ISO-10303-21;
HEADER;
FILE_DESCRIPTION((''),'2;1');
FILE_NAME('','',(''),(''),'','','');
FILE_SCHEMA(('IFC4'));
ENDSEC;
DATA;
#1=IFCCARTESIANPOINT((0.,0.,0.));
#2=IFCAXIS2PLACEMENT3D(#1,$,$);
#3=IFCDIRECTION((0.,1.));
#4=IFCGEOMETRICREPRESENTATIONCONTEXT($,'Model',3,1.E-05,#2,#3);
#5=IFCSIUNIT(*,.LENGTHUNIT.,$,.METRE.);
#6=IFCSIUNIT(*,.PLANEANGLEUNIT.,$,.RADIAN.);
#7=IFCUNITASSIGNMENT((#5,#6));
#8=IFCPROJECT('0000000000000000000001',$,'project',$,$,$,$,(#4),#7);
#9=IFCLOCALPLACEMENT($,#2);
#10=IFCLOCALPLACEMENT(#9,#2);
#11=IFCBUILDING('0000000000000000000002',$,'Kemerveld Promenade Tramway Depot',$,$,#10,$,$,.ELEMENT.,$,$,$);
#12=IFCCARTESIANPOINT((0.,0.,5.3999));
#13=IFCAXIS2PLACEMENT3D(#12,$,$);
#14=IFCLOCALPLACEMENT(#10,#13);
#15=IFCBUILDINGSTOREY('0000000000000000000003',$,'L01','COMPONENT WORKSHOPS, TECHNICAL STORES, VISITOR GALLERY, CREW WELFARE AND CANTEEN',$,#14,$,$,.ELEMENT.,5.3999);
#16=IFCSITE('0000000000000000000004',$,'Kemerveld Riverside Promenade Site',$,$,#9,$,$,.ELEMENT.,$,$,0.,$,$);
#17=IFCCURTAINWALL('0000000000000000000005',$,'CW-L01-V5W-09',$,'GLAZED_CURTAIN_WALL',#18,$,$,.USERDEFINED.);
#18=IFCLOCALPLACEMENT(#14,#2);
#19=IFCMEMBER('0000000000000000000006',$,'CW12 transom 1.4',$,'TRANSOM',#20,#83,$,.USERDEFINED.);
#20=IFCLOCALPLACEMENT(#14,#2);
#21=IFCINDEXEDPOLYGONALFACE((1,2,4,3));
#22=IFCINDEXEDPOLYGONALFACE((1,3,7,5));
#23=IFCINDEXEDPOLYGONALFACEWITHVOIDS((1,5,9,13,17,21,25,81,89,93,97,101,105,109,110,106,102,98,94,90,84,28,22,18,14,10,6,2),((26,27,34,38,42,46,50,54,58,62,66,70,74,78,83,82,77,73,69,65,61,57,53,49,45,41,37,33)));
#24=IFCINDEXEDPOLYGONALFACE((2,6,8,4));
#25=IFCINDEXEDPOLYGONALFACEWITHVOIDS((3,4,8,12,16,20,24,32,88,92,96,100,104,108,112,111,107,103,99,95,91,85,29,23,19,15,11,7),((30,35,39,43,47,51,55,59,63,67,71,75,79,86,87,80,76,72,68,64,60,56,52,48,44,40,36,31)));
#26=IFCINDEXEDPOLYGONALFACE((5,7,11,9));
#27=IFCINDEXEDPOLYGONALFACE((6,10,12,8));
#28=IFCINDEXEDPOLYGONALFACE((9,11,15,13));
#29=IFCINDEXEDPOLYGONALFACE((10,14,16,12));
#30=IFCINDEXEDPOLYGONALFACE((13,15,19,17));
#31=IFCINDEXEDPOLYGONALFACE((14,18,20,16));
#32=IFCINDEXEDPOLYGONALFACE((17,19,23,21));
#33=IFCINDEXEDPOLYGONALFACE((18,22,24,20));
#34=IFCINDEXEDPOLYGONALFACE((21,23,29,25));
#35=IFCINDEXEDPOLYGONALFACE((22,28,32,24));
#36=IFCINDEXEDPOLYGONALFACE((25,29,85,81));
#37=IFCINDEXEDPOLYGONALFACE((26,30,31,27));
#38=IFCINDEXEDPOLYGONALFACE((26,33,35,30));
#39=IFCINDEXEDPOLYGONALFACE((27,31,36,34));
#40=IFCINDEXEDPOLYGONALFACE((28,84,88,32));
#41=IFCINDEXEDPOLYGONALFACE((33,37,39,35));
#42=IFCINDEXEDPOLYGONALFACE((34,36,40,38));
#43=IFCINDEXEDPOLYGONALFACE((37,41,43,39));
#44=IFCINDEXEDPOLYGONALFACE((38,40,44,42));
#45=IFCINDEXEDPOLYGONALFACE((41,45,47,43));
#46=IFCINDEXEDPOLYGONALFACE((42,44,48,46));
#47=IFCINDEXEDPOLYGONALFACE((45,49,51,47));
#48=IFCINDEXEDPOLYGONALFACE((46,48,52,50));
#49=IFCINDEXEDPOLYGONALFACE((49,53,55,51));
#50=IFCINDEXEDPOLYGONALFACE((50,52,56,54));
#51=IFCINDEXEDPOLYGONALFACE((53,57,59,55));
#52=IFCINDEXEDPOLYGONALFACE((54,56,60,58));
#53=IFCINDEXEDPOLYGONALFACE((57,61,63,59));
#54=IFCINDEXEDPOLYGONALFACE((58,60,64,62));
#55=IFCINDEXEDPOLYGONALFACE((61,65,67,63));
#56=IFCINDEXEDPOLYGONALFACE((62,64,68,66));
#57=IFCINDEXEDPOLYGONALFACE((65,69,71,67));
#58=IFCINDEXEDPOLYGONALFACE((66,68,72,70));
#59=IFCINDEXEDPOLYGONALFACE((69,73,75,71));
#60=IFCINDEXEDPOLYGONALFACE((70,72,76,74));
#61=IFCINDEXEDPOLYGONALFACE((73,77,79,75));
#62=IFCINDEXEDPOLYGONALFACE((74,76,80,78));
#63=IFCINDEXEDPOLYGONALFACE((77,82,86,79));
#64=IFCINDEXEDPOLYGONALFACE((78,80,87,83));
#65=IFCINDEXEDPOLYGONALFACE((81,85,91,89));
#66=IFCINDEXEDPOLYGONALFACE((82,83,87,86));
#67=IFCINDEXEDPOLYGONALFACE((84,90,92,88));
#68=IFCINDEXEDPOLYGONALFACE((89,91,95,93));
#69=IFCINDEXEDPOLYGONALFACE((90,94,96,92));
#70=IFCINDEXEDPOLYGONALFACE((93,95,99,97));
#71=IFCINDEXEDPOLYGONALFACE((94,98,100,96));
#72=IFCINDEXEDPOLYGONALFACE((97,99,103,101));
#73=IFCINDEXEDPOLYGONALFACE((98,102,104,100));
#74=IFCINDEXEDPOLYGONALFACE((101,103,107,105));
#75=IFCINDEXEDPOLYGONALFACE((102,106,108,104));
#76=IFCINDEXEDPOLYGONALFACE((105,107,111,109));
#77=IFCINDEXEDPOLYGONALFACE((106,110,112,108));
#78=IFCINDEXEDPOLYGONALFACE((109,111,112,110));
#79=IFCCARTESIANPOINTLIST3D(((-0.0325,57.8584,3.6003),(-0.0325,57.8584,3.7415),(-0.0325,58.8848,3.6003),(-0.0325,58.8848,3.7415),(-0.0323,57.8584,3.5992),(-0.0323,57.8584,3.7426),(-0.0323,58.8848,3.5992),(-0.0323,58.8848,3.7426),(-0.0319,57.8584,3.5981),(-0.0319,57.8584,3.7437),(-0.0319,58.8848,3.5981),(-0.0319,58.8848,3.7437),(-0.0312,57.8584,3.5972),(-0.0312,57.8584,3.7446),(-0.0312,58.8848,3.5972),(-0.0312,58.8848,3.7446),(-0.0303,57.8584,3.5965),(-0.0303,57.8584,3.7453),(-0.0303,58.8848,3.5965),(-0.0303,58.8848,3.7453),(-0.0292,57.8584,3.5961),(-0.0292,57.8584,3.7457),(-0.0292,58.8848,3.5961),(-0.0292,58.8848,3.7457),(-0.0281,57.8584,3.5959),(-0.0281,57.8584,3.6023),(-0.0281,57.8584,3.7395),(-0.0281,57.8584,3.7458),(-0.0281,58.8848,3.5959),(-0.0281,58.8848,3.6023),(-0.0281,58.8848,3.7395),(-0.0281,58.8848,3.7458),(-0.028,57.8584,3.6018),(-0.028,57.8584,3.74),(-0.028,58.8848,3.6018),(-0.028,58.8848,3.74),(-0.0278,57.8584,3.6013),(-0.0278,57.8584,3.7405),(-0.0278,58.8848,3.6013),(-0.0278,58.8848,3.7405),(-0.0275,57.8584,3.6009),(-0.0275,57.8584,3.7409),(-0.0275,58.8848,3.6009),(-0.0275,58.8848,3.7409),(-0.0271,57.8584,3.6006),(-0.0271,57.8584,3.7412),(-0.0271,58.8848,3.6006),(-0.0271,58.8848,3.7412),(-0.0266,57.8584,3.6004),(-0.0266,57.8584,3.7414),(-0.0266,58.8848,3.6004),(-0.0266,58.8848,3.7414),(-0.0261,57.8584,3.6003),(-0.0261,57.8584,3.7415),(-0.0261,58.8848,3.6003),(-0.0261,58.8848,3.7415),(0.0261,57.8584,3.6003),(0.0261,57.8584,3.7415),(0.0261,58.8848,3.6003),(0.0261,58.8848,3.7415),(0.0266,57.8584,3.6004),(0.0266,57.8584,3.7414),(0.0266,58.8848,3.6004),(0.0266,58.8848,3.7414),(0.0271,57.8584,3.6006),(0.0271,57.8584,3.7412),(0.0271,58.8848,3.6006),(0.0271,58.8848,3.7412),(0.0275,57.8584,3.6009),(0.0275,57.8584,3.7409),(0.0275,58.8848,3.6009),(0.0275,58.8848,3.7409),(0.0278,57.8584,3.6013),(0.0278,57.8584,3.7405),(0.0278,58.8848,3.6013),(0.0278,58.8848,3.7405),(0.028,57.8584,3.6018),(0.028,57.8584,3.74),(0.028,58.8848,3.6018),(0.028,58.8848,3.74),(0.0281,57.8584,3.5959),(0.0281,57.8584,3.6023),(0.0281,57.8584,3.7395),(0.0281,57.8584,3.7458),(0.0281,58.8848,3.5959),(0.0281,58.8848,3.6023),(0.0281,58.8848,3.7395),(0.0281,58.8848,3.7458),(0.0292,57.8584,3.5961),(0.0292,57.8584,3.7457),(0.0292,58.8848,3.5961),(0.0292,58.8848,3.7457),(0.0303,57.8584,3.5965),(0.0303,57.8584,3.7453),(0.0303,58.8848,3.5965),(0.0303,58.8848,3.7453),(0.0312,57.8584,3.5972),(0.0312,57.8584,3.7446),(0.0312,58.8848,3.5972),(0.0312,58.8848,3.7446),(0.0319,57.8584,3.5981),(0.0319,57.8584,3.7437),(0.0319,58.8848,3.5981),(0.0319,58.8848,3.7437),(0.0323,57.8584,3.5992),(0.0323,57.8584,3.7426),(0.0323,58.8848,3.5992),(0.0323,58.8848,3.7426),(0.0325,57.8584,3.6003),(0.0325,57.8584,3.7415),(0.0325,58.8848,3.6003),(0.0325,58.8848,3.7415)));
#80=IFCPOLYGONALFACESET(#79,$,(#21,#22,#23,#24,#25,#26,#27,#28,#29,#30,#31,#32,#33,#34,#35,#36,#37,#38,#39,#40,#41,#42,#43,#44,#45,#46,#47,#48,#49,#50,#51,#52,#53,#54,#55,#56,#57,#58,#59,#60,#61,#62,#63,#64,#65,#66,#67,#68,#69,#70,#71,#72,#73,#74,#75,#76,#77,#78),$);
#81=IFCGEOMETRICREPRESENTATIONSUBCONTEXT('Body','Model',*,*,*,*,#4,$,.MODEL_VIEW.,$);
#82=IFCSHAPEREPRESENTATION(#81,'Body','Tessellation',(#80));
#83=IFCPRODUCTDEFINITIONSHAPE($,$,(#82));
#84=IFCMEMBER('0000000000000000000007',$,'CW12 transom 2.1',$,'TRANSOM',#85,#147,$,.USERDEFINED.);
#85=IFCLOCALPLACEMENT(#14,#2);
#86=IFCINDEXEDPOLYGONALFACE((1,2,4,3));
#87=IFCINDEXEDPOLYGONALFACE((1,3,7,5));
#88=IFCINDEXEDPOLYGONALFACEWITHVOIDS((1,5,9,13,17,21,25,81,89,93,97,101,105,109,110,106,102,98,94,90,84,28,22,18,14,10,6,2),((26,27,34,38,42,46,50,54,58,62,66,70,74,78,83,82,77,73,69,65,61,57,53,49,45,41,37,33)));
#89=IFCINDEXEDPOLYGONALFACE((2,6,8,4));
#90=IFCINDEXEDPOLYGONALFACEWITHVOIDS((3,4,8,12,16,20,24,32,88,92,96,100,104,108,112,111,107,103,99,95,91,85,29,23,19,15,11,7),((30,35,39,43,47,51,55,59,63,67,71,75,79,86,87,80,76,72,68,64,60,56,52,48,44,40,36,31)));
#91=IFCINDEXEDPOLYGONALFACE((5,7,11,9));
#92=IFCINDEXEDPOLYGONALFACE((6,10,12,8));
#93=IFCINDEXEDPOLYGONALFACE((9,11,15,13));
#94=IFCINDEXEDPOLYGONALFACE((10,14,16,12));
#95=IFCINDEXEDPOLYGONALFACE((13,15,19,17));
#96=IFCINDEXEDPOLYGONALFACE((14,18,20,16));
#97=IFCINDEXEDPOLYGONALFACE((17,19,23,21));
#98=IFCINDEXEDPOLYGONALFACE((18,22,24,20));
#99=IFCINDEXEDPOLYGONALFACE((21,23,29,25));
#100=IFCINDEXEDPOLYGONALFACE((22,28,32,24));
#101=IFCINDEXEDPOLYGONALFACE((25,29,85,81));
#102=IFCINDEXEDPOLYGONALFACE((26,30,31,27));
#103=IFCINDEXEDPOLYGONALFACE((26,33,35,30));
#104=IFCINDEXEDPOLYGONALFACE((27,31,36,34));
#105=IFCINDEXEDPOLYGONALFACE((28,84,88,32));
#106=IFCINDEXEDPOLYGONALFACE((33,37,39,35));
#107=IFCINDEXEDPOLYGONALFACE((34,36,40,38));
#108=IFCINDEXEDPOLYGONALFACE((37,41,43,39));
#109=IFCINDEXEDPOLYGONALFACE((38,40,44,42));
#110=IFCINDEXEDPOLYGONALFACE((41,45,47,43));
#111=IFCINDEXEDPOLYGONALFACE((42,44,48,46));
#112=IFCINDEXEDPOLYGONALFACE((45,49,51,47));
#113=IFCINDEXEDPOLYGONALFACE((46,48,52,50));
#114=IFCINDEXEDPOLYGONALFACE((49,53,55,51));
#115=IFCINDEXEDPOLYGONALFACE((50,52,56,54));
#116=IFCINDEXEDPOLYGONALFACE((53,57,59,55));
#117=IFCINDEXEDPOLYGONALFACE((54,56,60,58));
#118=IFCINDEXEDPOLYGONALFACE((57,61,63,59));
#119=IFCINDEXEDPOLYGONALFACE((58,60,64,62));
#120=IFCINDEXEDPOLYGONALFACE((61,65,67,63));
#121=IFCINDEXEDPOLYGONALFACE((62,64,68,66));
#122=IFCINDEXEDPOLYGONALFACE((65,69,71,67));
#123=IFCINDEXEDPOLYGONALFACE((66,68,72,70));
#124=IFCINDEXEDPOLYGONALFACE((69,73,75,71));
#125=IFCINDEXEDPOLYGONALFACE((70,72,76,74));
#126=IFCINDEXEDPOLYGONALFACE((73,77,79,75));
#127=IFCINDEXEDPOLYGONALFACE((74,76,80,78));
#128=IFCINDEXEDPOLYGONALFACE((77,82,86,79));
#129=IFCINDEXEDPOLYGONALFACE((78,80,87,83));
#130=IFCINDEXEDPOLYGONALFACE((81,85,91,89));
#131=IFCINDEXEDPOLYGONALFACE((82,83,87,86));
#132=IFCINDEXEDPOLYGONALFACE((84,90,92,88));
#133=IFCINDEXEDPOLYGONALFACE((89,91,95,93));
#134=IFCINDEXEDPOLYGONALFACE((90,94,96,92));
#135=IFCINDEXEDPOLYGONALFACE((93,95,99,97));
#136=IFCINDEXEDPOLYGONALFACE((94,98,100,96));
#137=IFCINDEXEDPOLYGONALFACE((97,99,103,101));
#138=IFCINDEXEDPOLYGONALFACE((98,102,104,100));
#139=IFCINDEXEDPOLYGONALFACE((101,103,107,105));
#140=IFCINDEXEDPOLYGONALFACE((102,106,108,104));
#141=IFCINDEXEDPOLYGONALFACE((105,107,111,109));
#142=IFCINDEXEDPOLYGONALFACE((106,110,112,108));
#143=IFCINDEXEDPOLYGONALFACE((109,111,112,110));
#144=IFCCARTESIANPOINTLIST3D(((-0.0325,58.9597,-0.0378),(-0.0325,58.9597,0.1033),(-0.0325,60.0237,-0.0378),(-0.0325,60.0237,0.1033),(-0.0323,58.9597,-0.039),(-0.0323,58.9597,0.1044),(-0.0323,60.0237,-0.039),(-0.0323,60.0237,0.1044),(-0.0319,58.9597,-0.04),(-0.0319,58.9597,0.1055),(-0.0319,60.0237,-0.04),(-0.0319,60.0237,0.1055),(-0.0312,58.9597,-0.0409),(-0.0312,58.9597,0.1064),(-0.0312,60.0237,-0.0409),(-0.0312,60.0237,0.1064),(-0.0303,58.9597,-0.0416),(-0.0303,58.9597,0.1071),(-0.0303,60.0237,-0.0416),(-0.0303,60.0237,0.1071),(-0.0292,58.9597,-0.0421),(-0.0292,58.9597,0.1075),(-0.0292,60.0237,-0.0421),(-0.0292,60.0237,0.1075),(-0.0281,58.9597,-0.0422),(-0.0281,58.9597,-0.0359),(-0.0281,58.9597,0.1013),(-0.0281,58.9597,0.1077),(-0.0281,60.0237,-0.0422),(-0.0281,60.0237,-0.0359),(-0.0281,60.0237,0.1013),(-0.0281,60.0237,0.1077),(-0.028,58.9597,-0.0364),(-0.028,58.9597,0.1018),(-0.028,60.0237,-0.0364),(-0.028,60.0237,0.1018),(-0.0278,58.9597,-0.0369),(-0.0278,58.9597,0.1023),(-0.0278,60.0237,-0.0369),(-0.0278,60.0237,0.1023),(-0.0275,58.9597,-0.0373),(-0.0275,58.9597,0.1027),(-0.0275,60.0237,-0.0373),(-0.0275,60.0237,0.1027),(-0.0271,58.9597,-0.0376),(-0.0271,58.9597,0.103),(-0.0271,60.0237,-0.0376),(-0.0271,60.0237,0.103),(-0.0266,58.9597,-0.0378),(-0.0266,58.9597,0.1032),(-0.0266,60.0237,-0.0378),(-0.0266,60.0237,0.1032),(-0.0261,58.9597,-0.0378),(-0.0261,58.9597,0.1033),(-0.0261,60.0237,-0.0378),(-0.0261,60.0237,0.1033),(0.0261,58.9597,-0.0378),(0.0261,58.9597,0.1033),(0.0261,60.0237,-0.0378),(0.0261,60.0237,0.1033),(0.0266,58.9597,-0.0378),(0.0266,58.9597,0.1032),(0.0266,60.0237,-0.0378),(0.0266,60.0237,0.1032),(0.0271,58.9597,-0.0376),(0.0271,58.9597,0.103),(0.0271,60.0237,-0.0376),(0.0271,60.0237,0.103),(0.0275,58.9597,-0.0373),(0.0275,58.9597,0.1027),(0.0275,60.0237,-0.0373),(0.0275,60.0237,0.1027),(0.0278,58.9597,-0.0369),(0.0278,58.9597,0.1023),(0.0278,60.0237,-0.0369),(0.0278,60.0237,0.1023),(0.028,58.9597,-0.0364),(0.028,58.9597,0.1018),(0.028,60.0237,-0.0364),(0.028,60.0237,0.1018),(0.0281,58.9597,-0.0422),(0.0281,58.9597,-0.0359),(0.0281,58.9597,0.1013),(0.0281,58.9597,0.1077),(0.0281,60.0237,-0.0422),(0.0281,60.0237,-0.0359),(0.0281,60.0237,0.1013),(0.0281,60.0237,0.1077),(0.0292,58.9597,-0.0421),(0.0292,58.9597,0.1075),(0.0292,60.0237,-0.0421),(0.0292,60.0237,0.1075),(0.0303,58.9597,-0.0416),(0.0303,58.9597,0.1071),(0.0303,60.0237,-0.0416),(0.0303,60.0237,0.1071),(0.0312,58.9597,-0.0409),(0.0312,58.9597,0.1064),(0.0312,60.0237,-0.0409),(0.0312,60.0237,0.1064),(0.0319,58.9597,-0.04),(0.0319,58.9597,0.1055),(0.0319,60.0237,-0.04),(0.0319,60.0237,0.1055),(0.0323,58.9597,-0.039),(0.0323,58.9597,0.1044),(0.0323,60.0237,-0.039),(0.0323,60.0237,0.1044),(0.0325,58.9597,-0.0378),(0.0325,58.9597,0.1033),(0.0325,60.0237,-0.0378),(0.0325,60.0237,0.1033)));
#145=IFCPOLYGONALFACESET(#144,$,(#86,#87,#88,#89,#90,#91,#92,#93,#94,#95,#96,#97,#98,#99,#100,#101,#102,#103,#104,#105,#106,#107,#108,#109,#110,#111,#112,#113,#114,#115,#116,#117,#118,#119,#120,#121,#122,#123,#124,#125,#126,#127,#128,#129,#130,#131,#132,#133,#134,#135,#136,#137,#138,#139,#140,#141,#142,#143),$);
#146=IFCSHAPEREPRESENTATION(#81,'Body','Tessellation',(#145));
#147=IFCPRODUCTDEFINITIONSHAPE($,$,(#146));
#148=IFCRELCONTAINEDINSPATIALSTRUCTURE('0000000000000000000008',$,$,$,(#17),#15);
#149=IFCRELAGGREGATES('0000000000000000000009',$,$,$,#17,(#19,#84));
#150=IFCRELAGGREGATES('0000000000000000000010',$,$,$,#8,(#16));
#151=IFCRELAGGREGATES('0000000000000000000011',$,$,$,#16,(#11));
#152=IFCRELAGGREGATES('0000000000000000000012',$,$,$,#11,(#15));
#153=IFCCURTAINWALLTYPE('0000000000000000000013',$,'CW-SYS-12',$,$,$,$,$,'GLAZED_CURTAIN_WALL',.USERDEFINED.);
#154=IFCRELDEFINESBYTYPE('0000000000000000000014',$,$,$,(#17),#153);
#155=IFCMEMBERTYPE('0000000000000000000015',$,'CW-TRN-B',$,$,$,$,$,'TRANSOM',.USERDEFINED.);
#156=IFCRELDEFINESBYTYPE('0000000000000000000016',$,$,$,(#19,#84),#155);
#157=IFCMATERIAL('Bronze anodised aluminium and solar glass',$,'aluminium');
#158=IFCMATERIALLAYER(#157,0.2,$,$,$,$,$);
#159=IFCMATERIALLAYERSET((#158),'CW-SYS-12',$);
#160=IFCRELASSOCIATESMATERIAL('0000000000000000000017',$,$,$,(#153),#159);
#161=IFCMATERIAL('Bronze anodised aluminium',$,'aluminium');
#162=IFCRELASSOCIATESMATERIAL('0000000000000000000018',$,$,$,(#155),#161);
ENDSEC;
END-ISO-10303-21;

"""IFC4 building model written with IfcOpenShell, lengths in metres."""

from ifc_helpers import new_model, si_unit, direction, frame, origin, origin_2d, place, context, subcontext, project, spatial, hollow_rectangle, extrude, material, layer, layer_set, material_profile, profile_set, type_object, element, aggregate, save


model = new_model("IFC4")

# Units and contexts
model_context = context("Model", 3, precision=1e-05, world=origin(), true_north=direction((0.0, 1.0)))
body_context = subcontext(model_context, "Body", "Model", "MODEL_VIEW")
ifc_project = project(units=[si_unit("LENGTHUNIT", "METRE"), si_unit("PLANEANGLEUNIT", "RADIAN")], contexts=[model_context])

# Site, building, storey
site_placement = place(None, origin())
site = spatial("IfcSite", under=ifc_project, at=site_placement, Name="Kemerveld Riverside Promenade Site", CompositionType="ELEMENT", RefElevation=0.0)
building_placement = place(site_placement, origin())
building = spatial("IfcBuilding", under=site, at=building_placement, Name="Kemerveld Promenade Tramway Depot", CompositionType="ELEMENT")
storey_placement = place(building_placement, frame((0.0, 0.0, 5.3999)))
storey = spatial("IfcBuildingStorey", under=building, at=storey_placement, Name="L01", Description="COMPONENT WORKSHOPS, TECHNICAL STORES, VISITOR GALLERY, CREW WELFARE AND CANTEEN", CompositionType="ELEMENT", Elevation=5.3999)

# Curtain wall, members
ifc_material_1 = material(Name="Bronze anodised aluminium and solar glass", Category="aluminium")
ifc_layer_1 = layer(ifc_material_1, 0.2)
ifc_layer_set_1 = layer_set([ifc_layer_1], Name="CW-SYS-12")
curtain_wall_type = type_object("IfcCurtainWallType", Name="CW-SYS-12", ElementType="GLAZED_CURTAIN_WALL", PredefinedType="USERDEFINED", material=ifc_layer_set_1)
curtain_wall_placement = place(storey_placement, origin())
curtain_wall = element("IfcCurtainWall", 1, at=curtain_wall_placement, inside=storey, type_object=curtain_wall_type, Name="CW-L01-V5W-09", ObjectType="GLAZED_CURTAIN_WALL", PredefinedType="USERDEFINED")
ifc_material_2 = material(Name="Bronze anodised aluminium", Category="aluminium")
ifc_material_profile_1 = material_profile(ifc_material_2, hollow_rectangle(XDim=0.0649, YDim=0.1499, WallThickness=0.0044, InnerFilletRadius=0.002, OuterFilletRadius=0.0044, at=origin_2d()), Name="CW-TRN-150x65")
ifc_profile_set_1 = profile_set([ifc_material_profile_1], Name="Bronze anodised aluminium")
member_type_1 = type_object("IfcMemberType", Name="CW-TRN-B", ElementType="TRANSOM", PredefinedType="USERDEFINED", material=ifc_profile_set_1)
member_1_placement = place(storey_placement, frame((0.0, 57.8584, 3.6709), z_axis=(0.0, 1.0, 0.0), x_axis=(-1.0, 0.0, 0.0)))
member_1 = element("IfcMember", 2, at=member_1_placement, type_object=member_type_1, Name="CW12 transom 1.4", ObjectType="TRANSOM", PredefinedType="USERDEFINED", context=body_context, shape_type="SweptSolid", body=[
    extrude(hollow_rectangle(XDim=0.0649, YDim=0.1499, WallThickness=0.0044, InnerFilletRadius=0.002, OuterFilletRadius=0.0044, at=origin_2d()), origin(), (0.0, 0.0, 1.0), 1.0264),
])
member_2_placement = place(storey_placement, frame((0.0, 58.9597, 0.0327), z_axis=(0.0, 1.0, 0.0), x_axis=(-1.0, 0.0, 0.0)))
member_2 = element("IfcMember", 3, at=member_2_placement, type_object=member_type_1, Name="CW12 transom 2.1", ObjectType="TRANSOM", PredefinedType="USERDEFINED", context=body_context, shape_type="SweptSolid", body=[
    extrude(hollow_rectangle(XDim=0.0649, YDim=0.1499, WallThickness=0.0044, InnerFilletRadius=0.002, OuterFilletRadius=0.0044, at=origin_2d()), origin(), (0.0, 0.0, 1.0), 1.064),
])
aggregate(curtain_wall, [member_1, member_2])

save(model, "model.ifc")
